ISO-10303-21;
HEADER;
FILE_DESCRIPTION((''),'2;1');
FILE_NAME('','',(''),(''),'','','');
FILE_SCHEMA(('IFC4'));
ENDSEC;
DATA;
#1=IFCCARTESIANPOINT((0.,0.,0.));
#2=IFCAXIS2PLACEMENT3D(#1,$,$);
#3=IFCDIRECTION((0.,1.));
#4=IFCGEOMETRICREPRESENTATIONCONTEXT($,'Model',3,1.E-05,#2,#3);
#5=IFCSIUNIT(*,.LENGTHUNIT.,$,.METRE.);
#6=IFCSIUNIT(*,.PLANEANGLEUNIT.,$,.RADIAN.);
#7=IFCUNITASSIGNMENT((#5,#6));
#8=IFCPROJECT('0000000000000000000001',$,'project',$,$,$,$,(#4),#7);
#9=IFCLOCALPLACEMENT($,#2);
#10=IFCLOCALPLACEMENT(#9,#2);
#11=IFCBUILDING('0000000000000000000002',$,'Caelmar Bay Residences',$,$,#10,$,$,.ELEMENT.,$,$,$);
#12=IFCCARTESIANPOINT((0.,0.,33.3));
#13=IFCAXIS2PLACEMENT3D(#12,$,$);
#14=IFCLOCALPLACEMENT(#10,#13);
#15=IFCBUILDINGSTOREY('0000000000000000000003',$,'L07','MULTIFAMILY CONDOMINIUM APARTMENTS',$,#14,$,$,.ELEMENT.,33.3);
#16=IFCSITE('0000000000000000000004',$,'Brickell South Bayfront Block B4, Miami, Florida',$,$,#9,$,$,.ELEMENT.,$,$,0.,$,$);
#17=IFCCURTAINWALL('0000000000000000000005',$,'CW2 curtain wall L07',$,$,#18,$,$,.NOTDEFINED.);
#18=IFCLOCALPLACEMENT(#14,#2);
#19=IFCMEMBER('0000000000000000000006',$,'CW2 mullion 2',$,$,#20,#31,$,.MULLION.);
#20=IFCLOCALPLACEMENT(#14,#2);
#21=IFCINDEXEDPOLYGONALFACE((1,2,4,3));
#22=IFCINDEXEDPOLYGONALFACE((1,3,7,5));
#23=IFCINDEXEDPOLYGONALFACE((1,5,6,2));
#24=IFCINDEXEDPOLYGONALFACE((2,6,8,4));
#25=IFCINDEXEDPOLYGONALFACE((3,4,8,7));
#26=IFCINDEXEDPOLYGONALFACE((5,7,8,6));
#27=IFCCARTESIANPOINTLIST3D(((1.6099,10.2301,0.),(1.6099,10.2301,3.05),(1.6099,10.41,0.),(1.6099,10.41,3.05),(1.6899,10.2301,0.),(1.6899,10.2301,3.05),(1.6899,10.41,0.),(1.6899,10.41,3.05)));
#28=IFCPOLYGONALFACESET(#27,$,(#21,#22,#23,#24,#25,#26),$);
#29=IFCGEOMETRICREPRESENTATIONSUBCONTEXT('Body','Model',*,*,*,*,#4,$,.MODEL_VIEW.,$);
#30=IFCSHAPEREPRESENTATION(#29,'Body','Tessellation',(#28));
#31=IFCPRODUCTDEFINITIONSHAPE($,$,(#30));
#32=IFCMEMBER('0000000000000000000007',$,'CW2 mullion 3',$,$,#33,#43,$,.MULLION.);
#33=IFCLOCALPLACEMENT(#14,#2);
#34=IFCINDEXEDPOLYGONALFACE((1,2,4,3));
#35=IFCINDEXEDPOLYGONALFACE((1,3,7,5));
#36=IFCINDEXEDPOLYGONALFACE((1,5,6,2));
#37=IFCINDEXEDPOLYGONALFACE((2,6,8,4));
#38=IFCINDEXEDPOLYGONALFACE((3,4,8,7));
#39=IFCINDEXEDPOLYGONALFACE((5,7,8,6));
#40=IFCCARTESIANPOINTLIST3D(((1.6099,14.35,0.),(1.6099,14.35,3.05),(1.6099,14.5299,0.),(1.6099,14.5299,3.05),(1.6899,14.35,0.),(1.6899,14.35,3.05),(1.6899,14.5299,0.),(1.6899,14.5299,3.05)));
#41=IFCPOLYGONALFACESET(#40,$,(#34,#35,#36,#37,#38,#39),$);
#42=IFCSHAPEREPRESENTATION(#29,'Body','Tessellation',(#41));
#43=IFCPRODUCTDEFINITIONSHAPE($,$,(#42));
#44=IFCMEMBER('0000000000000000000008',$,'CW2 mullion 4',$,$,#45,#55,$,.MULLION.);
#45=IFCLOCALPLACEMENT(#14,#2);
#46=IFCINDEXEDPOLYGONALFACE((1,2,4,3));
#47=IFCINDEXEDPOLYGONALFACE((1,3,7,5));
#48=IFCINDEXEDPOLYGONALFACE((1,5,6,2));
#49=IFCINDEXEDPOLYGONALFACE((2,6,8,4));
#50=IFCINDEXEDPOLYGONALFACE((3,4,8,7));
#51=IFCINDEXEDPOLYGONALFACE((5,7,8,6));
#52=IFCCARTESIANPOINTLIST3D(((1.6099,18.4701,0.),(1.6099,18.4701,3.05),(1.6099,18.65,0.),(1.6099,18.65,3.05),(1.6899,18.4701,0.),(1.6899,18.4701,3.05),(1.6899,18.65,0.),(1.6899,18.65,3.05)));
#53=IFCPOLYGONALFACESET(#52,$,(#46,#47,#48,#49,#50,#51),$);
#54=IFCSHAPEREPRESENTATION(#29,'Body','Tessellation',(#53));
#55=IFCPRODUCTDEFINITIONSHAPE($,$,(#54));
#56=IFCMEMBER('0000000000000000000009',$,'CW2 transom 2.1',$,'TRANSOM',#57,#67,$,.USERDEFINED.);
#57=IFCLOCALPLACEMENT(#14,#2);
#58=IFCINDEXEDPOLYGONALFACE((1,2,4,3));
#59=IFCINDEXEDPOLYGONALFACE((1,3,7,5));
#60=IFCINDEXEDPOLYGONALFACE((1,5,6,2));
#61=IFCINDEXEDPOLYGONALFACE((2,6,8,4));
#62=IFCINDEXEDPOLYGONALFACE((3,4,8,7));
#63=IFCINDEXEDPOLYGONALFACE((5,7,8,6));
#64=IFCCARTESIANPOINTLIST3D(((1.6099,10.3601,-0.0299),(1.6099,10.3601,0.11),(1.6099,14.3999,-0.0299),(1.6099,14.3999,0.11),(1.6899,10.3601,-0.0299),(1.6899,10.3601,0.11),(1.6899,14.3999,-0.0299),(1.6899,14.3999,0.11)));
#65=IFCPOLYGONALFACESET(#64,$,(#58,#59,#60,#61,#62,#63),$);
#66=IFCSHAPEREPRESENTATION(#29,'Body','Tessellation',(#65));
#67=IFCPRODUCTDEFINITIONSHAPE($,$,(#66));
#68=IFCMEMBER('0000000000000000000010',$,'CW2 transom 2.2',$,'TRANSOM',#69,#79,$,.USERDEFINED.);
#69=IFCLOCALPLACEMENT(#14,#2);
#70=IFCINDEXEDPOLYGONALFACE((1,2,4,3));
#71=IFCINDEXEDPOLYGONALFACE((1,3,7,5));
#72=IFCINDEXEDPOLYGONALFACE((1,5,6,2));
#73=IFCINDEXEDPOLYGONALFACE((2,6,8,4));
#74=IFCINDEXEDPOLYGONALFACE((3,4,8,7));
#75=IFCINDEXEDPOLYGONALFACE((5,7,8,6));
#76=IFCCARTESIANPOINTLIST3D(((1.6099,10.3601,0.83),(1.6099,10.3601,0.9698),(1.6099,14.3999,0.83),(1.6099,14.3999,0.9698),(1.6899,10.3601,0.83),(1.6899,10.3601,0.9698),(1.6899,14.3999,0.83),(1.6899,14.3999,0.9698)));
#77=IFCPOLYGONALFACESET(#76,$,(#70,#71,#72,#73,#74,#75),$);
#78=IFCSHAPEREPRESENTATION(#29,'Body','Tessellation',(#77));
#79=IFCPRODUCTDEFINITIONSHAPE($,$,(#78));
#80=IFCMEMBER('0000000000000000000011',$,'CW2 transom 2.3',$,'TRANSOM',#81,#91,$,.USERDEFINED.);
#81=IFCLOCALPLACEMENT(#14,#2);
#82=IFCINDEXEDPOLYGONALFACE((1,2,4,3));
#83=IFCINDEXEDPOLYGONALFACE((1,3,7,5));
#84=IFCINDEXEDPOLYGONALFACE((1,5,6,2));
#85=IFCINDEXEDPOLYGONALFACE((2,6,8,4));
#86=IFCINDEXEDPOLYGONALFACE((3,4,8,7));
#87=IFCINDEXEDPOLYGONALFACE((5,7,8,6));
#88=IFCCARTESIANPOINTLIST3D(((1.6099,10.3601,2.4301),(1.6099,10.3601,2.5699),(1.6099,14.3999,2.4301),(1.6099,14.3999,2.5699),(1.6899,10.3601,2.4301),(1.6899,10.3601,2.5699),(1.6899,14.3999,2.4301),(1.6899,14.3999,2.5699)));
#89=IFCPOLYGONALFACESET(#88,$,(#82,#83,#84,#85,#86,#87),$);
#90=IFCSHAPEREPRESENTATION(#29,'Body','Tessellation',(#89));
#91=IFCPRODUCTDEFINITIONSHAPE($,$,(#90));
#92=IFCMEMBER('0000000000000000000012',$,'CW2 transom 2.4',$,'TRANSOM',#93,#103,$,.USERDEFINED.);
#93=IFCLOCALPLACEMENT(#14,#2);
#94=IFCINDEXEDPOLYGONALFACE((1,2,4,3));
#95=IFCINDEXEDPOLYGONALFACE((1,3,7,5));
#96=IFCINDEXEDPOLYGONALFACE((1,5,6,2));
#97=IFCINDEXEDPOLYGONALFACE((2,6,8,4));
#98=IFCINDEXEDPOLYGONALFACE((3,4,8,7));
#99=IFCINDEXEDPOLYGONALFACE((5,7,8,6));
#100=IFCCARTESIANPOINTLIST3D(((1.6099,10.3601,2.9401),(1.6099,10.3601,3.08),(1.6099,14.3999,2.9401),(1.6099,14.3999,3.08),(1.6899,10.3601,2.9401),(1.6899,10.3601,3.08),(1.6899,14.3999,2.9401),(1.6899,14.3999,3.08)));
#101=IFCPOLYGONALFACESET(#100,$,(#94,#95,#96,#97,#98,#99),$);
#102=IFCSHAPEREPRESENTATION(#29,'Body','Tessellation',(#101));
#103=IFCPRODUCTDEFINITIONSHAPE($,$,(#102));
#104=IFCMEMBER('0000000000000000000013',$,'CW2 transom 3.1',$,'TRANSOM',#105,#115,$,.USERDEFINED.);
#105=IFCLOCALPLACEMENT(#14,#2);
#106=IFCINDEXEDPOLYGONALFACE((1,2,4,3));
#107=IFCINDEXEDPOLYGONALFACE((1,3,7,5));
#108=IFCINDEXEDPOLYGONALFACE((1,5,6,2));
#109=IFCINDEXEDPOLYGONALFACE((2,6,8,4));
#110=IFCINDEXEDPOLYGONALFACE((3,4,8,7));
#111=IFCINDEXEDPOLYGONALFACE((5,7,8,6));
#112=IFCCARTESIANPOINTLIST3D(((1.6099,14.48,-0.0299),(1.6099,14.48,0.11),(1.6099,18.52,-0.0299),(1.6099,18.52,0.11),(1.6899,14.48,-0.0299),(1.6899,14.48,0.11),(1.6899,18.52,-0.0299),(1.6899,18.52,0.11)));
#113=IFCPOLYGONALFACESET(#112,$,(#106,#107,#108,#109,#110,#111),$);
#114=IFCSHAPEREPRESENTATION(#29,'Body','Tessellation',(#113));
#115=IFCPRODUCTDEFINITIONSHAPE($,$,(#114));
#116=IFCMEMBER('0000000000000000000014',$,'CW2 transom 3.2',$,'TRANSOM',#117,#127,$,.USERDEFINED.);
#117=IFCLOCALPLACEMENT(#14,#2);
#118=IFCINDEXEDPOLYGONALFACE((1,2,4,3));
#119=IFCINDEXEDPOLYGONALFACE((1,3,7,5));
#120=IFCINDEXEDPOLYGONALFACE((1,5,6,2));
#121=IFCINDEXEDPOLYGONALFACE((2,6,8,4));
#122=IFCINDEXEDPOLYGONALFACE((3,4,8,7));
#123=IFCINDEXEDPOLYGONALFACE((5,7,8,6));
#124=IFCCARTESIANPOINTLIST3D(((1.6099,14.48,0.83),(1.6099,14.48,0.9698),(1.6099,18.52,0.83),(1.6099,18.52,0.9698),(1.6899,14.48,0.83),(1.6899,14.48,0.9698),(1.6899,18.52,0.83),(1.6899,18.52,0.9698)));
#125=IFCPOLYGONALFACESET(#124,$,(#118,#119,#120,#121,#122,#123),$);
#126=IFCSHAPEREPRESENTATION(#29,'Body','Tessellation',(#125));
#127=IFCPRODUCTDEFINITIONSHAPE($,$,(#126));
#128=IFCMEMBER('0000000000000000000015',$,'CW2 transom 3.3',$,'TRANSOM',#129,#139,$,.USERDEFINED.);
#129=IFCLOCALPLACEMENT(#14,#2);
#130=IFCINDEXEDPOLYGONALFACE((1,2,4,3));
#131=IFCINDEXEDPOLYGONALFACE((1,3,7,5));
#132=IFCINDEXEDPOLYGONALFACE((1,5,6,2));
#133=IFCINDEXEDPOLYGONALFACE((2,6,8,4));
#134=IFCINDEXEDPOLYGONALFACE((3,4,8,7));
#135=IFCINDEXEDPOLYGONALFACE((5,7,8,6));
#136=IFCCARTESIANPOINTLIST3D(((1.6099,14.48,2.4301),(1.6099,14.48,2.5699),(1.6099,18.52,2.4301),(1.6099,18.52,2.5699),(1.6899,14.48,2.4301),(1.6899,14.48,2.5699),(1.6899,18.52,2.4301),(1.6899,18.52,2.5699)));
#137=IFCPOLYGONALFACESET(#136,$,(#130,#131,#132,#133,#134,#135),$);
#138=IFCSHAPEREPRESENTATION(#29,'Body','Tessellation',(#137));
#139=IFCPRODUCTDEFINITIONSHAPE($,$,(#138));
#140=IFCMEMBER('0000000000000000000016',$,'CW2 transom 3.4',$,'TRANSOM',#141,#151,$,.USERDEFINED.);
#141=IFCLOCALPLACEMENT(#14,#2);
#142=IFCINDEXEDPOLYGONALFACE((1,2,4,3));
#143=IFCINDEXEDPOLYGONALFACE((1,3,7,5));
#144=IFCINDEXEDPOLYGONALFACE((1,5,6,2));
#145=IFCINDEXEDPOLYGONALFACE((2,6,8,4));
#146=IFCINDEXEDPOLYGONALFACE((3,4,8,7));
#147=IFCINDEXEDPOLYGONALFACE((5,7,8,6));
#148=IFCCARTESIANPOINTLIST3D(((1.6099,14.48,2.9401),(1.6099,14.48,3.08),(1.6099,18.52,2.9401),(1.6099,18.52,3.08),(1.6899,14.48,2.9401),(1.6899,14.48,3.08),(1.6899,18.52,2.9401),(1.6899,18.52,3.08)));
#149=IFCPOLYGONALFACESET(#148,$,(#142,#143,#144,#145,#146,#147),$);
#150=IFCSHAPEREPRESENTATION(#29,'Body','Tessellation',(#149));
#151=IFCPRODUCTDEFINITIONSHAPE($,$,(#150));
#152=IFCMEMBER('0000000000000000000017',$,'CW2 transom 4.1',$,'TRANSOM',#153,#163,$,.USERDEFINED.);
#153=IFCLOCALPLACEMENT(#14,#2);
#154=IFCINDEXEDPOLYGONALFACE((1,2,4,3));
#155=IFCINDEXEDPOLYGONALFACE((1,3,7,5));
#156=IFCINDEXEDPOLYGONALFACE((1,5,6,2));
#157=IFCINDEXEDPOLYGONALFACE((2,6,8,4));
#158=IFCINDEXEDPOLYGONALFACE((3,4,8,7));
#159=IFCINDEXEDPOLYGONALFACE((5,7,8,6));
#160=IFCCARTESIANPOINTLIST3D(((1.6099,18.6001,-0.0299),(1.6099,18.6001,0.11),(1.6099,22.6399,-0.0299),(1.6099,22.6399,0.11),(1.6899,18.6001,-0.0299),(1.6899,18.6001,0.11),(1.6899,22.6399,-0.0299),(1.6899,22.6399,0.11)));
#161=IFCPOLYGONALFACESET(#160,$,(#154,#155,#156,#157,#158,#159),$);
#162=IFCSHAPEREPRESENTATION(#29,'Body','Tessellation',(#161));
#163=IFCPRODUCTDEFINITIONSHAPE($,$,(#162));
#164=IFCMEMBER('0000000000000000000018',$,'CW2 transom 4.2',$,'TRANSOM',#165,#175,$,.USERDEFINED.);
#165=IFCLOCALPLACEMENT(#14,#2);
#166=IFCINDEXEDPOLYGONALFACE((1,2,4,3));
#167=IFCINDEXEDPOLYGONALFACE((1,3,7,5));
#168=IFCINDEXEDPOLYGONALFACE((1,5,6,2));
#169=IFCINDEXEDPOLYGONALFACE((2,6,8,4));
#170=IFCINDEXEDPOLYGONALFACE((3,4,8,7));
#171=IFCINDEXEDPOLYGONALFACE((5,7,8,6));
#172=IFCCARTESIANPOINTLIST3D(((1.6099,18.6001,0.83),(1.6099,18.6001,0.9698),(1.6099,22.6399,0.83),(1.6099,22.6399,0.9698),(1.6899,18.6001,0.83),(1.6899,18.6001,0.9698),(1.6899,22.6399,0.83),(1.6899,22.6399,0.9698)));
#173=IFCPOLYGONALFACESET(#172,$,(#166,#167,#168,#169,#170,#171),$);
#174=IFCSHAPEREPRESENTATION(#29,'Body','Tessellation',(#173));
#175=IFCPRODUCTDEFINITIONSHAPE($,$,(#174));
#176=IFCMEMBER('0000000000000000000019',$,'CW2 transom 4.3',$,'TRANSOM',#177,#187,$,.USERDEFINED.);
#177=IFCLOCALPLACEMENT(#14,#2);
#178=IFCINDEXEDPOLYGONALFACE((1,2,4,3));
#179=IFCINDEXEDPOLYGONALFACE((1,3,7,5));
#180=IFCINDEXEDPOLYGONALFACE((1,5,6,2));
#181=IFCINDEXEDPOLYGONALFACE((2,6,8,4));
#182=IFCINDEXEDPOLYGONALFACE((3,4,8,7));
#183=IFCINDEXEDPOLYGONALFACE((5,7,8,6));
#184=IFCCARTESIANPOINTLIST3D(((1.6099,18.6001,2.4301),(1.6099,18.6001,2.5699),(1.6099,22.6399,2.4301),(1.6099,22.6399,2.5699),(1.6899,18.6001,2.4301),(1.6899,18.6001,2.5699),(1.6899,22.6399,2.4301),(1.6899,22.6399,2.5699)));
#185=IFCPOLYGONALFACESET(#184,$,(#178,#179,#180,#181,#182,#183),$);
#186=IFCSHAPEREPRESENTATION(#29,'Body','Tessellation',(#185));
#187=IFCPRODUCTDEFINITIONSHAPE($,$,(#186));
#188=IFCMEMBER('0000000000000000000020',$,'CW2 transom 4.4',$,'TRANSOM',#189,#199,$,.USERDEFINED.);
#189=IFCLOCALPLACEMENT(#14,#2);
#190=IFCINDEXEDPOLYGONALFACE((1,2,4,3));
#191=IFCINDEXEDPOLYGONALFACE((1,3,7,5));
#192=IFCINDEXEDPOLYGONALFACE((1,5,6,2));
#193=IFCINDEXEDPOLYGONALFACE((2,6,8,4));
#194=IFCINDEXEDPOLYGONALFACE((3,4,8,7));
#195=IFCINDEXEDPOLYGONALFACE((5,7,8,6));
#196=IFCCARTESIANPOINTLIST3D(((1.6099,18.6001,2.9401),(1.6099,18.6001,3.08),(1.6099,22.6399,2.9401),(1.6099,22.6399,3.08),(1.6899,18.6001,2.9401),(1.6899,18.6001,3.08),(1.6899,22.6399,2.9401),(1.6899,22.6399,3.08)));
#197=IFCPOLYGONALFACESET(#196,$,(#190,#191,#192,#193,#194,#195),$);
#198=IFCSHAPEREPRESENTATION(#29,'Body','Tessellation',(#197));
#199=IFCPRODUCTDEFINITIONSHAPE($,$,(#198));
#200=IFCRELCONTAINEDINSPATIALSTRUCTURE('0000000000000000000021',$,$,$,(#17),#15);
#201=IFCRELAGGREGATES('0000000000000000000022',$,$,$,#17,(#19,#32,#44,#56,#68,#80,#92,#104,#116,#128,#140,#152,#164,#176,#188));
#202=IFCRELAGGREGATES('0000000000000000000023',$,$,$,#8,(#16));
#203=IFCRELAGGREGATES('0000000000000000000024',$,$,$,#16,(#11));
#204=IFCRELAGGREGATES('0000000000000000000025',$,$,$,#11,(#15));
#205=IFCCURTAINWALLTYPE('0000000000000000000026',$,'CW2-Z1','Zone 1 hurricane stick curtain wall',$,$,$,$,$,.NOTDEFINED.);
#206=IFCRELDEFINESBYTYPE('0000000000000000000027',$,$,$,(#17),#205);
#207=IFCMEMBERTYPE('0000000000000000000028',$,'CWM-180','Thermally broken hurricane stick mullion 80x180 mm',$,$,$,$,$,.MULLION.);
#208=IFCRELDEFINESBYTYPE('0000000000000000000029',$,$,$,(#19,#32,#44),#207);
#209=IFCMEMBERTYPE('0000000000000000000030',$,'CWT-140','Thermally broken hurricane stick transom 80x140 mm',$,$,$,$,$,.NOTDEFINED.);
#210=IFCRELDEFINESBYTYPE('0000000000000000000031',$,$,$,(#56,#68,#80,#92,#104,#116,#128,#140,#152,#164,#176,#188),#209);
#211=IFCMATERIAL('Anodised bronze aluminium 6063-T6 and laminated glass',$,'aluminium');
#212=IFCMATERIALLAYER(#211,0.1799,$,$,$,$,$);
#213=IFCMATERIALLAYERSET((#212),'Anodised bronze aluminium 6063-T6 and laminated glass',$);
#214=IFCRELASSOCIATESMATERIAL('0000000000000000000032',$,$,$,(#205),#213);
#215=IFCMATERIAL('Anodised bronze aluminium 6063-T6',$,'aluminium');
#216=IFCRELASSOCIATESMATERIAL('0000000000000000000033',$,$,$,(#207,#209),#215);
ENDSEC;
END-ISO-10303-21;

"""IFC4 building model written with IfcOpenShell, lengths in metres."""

from ifc_helpers import new_model, si_unit, direction, frame, origin, origin_2d, place, context, subcontext, project, spatial, rectangle, extrude, material, layer, layer_set, material_profile, profile_set, type_object, element, aggregate, save


model = new_model("IFC4")

# Units and contexts
model_context = context("Model", 3, precision=1e-05, world=origin(), true_north=direction((0.0, 1.0)))
body_context = subcontext(model_context, "Body", "Model", "MODEL_VIEW")
ifc_project = project(units=[si_unit("LENGTHUNIT", "METRE"), si_unit("PLANEANGLEUNIT", "RADIAN")], contexts=[model_context])

# Site, building, storey
site_placement = place(None, origin())
site = spatial("IfcSite", under=ifc_project, at=site_placement, Name="Brickell South Bayfront Block B4, Miami, Florida", CompositionType="ELEMENT", RefElevation=0.0)
building_placement = place(site_placement, origin())
building = spatial("IfcBuilding", under=site, at=building_placement, Name="Caelmar Bay Residences", CompositionType="ELEMENT")
storey_placement = place(building_placement, frame((0.0, 0.0, 33.3)))
storey = spatial("IfcBuildingStorey", under=building, at=storey_placement, Name="L07", Description="MULTIFAMILY CONDOMINIUM APARTMENTS", CompositionType="ELEMENT", Elevation=33.3)

# Curtain wall, members
ifc_material_1 = material(Name="Anodised bronze aluminium 6063-T6 and laminated glass", Category="aluminium")
ifc_layer_1 = layer(ifc_material_1, 0.1799)
ifc_layer_set_1 = layer_set([ifc_layer_1], Name="Anodised bronze aluminium 6063-T6 and laminated glass")
curtain_wall_type = type_object("IfcCurtainWallType", Name="CW2-Z1", Description="Zone 1 hurricane stick curtain wall", PredefinedType="NOTDEFINED", material=ifc_layer_set_1)
curtain_wall_placement = place(storey_placement, origin())
curtain_wall = element("IfcCurtainWall", 1, at=curtain_wall_placement, inside=storey, type_object=curtain_wall_type, Name="CW2 curtain wall L07", PredefinedType="NOTDEFINED")
ifc_material_2 = material(Name="Anodised bronze aluminium 6063-T6", Category="aluminium")
ifc_material_profile_1 = material_profile(ifc_material_2, rectangle(XDim=0.0801, YDim=0.1799, at=origin_2d()), Name="CWM-80X180")
ifc_profile_set_1 = profile_set([ifc_material_profile_1], Name="Anodised bronze aluminium 6063-T6")
member_type_1 = type_object("IfcMemberType", Name="CWM-180", Description="Thermally broken hurricane stick mullion 80x180 mm", PredefinedType="MULLION", material=ifc_profile_set_1)
member_1_placement = place(storey_placement, frame((1.6499, 10.3201, 0.0), z_axis=(0.0, 0.0, 1.0), x_axis=(-1.0, 0.0, 0.0)))
member_1 = element("IfcMember", 2, at=member_1_placement, type_object=member_type_1, Name="CW2 mullion 2", PredefinedType="MULLION", context=body_context, shape_type="SweptSolid", body=[
    extrude(rectangle(XDim=0.0801, YDim=0.1799, at=origin_2d()), origin(), (0.0, 0.0, 1.0), 3.05),
])
member_2_placement = place(storey_placement, frame((1.6499, 14.4399, 0.0), z_axis=(0.0, 0.0, 1.0), x_axis=(-1.0, 0.0, 0.0)))
member_2 = element("IfcMember", 3, at=member_2_placement, type_object=member_type_1, Name="CW2 mullion 3", PredefinedType="MULLION", context=body_context, shape_type="SweptSolid", body=[
    extrude(rectangle(XDim=0.0801, YDim=0.1799, at=origin_2d()), origin(), (0.0, 0.0, 1.0), 3.05),
])
member_3_placement = place(storey_placement, frame((1.6499, 18.5601, 0.0), z_axis=(0.0, 0.0, 1.0), x_axis=(-1.0, 0.0, 0.0)))
member_3 = element("IfcMember", 4, at=member_3_placement, type_object=member_type_1, Name="CW2 mullion 4", PredefinedType="MULLION", context=body_context, shape_type="SweptSolid", body=[
    extrude(rectangle(XDim=0.0801, YDim=0.1799, at=origin_2d()), origin(), (0.0, 0.0, 1.0), 3.05),
])
ifc_material_profile_2 = material_profile(ifc_material_2, rectangle(XDim=0.0801, YDim=0.1399, at=origin_2d()), Name="CWT-80X140")
ifc_profile_set_2 = profile_set([ifc_material_profile_2], Name="Anodised bronze aluminium 6063-T6")
member_type_2 = type_object("IfcMemberType", Name="CWT-140", Description="Thermally broken hurricane stick transom 80x140 mm", PredefinedType="NOTDEFINED", material=ifc_profile_set_2)
member_4_placement = place(storey_placement, frame((1.6499, 10.3601, 0.04), z_axis=(0.0, 1.0, 0.0), x_axis=(-1.0, 0.0, 0.0)))
member_4 = element("IfcMember", 5, at=member_4_placement, type_object=member_type_2, Name="CW2 transom 2.1", ObjectType="TRANSOM", PredefinedType="USERDEFINED", context=body_context, shape_type="SweptSolid", body=[
    extrude(rectangle(XDim=0.0801, YDim=0.1399, at=origin_2d()), origin(), (0.0, 0.0, 1.0), 4.0398),
])
member_5_placement = place(storey_placement, frame((1.6499, 10.3601, 0.8999), z_axis=(0.0, 1.0, 0.0), x_axis=(-1.0, 0.0, 0.0)))
member_5 = element("IfcMember", 6, at=member_5_placement, type_object=member_type_2, Name="CW2 transom 2.2", ObjectType="TRANSOM", PredefinedType="USERDEFINED", context=body_context, shape_type="SweptSolid", body=[
    extrude(rectangle(XDim=0.0801, YDim=0.1399, at=origin_2d()), origin(), (0.0, 0.0, 1.0), 4.0398),
])
member_6_placement = place(storey_placement, frame((1.6499, 10.3601, 2.5), z_axis=(0.0, 1.0, 0.0), x_axis=(-1.0, 0.0, 0.0)))
member_6 = element("IfcMember", 7, at=member_6_placement, type_object=member_type_2, Name="CW2 transom 2.3", ObjectType="TRANSOM", PredefinedType="USERDEFINED", context=body_context, shape_type="SweptSolid", body=[
    extrude(rectangle(XDim=0.0801, YDim=0.1399, at=origin_2d()), origin(), (0.0, 0.0, 1.0), 4.0398),
])
member_7_placement = place(storey_placement, frame((1.6499, 10.3601, 3.01), z_axis=(0.0, 1.0, 0.0), x_axis=(-1.0, 0.0, 0.0)))
member_7 = element("IfcMember", 8, at=member_7_placement, type_object=member_type_2, Name="CW2 transom 2.4", ObjectType="TRANSOM", PredefinedType="USERDEFINED", context=body_context, shape_type="SweptSolid", body=[
    extrude(rectangle(XDim=0.0801, YDim=0.1399, at=origin_2d()), origin(), (0.0, 0.0, 1.0), 4.0398),
])
member_8_placement = place(storey_placement, frame((1.6499, 14.48, 0.04), z_axis=(0.0, 1.0, 0.0), x_axis=(-1.0, 0.0, 0.0)))
member_8 = element("IfcMember", 9, at=member_8_placement, type_object=member_type_2, Name="CW2 transom 3.1", ObjectType="TRANSOM", PredefinedType="USERDEFINED", context=body_context, shape_type="SweptSolid", body=[
    extrude(rectangle(XDim=0.0801, YDim=0.1399, at=origin_2d()), origin(), (0.0, 0.0, 1.0), 4.04),
])
member_9_placement = place(storey_placement, frame((1.6499, 14.48, 0.8999), z_axis=(0.0, 1.0, 0.0), x_axis=(-1.0, 0.0, 0.0)))
member_9 = element("IfcMember", 10, at=member_9_placement, type_object=member_type_2, Name="CW2 transom 3.2", ObjectType="TRANSOM", PredefinedType="USERDEFINED", context=body_context, shape_type="SweptSolid", body=[
    extrude(rectangle(XDim=0.0801, YDim=0.1399, at=origin_2d()), origin(), (0.0, 0.0, 1.0), 4.04),
])
member_10_placement = place(storey_placement, frame((1.6499, 14.48, 2.5), z_axis=(0.0, 1.0, 0.0), x_axis=(-1.0, 0.0, 0.0)))
member_10 = element("IfcMember", 11, at=member_10_placement, type_object=member_type_2, Name="CW2 transom 3.3", ObjectType="TRANSOM", PredefinedType="USERDEFINED", context=body_context, shape_type="SweptSolid", body=[
    extrude(rectangle(XDim=0.0801, YDim=0.1399, at=origin_2d()), origin(), (0.0, 0.0, 1.0), 4.04),
])
member_11_placement = place(storey_placement, frame((1.6499, 14.48, 3.01), z_axis=(0.0, 1.0, 0.0), x_axis=(-1.0, 0.0, 0.0)))
member_11 = element("IfcMember", 12, at=member_11_placement, type_object=member_type_2, Name="CW2 transom 3.4", ObjectType="TRANSOM", PredefinedType="USERDEFINED", context=body_context, shape_type="SweptSolid", body=[
    extrude(rectangle(XDim=0.0801, YDim=0.1399, at=origin_2d()), origin(), (0.0, 0.0, 1.0), 4.04),
])
member_12_placement = place(storey_placement, frame((1.6499, 18.6001, 0.04), z_axis=(0.0, 1.0, 0.0), x_axis=(-1.0, 0.0, 0.0)))
member_12 = element("IfcMember", 13, at=member_12_placement, type_object=member_type_2, Name="CW2 transom 4.1", ObjectType="TRANSOM", PredefinedType="USERDEFINED", context=body_context, shape_type="SweptSolid", body=[
    extrude(rectangle(XDim=0.0801, YDim=0.1399, at=origin_2d()), origin(), (0.0, 0.0, 1.0), 4.0398),
])
member_13_placement = place(storey_placement, frame((1.6499, 18.6001, 0.8999), z_axis=(0.0, 1.0, 0.0), x_axis=(-1.0, 0.0, 0.0)))
member_13 = element("IfcMember", 14, at=member_13_placement, type_object=member_type_2, Name="CW2 transom 4.2", ObjectType="TRANSOM", PredefinedType="USERDEFINED", context=body_context, shape_type="SweptSolid", body=[
    extrude(rectangle(XDim=0.0801, YDim=0.1399, at=origin_2d()), origin(), (0.0, 0.0, 1.0), 4.0398),
])
member_14_placement = place(storey_placement, frame((1.6499, 18.6001, 2.5), z_axis=(0.0, 1.0, 0.0), x_axis=(-1.0, 0.0, 0.0)))
member_14 = element("IfcMember", 15, at=member_14_placement, type_object=member_type_2, Name="CW2 transom 4.3", ObjectType="TRANSOM", PredefinedType="USERDEFINED", context=body_context, shape_type="SweptSolid", body=[
    extrude(rectangle(XDim=0.0801, YDim=0.1399, at=origin_2d()), origin(), (0.0, 0.0, 1.0), 4.0398),
])
member_15_placement = place(storey_placement, frame((1.6499, 18.6001, 3.01), z_axis=(0.0, 1.0, 0.0), x_axis=(-1.0, 0.0, 0.0)))
member_15 = element("IfcMember", 16, at=member_15_placement, type_object=member_type_2, Name="CW2 transom 4.4", ObjectType="TRANSOM", PredefinedType="USERDEFINED", context=body_context, shape_type="SweptSolid", body=[
    extrude(rectangle(XDim=0.0801, YDim=0.1399, at=origin_2d()), origin(), (0.0, 0.0, 1.0), 4.0398),
])
aggregate(curtain_wall, [member_1, member_2, member_3, member_4, member_5, member_6, member_7, member_8, member_9, member_10, member_11, member_12, member_13, member_14, member_15])

save(model, "model.ifc")
